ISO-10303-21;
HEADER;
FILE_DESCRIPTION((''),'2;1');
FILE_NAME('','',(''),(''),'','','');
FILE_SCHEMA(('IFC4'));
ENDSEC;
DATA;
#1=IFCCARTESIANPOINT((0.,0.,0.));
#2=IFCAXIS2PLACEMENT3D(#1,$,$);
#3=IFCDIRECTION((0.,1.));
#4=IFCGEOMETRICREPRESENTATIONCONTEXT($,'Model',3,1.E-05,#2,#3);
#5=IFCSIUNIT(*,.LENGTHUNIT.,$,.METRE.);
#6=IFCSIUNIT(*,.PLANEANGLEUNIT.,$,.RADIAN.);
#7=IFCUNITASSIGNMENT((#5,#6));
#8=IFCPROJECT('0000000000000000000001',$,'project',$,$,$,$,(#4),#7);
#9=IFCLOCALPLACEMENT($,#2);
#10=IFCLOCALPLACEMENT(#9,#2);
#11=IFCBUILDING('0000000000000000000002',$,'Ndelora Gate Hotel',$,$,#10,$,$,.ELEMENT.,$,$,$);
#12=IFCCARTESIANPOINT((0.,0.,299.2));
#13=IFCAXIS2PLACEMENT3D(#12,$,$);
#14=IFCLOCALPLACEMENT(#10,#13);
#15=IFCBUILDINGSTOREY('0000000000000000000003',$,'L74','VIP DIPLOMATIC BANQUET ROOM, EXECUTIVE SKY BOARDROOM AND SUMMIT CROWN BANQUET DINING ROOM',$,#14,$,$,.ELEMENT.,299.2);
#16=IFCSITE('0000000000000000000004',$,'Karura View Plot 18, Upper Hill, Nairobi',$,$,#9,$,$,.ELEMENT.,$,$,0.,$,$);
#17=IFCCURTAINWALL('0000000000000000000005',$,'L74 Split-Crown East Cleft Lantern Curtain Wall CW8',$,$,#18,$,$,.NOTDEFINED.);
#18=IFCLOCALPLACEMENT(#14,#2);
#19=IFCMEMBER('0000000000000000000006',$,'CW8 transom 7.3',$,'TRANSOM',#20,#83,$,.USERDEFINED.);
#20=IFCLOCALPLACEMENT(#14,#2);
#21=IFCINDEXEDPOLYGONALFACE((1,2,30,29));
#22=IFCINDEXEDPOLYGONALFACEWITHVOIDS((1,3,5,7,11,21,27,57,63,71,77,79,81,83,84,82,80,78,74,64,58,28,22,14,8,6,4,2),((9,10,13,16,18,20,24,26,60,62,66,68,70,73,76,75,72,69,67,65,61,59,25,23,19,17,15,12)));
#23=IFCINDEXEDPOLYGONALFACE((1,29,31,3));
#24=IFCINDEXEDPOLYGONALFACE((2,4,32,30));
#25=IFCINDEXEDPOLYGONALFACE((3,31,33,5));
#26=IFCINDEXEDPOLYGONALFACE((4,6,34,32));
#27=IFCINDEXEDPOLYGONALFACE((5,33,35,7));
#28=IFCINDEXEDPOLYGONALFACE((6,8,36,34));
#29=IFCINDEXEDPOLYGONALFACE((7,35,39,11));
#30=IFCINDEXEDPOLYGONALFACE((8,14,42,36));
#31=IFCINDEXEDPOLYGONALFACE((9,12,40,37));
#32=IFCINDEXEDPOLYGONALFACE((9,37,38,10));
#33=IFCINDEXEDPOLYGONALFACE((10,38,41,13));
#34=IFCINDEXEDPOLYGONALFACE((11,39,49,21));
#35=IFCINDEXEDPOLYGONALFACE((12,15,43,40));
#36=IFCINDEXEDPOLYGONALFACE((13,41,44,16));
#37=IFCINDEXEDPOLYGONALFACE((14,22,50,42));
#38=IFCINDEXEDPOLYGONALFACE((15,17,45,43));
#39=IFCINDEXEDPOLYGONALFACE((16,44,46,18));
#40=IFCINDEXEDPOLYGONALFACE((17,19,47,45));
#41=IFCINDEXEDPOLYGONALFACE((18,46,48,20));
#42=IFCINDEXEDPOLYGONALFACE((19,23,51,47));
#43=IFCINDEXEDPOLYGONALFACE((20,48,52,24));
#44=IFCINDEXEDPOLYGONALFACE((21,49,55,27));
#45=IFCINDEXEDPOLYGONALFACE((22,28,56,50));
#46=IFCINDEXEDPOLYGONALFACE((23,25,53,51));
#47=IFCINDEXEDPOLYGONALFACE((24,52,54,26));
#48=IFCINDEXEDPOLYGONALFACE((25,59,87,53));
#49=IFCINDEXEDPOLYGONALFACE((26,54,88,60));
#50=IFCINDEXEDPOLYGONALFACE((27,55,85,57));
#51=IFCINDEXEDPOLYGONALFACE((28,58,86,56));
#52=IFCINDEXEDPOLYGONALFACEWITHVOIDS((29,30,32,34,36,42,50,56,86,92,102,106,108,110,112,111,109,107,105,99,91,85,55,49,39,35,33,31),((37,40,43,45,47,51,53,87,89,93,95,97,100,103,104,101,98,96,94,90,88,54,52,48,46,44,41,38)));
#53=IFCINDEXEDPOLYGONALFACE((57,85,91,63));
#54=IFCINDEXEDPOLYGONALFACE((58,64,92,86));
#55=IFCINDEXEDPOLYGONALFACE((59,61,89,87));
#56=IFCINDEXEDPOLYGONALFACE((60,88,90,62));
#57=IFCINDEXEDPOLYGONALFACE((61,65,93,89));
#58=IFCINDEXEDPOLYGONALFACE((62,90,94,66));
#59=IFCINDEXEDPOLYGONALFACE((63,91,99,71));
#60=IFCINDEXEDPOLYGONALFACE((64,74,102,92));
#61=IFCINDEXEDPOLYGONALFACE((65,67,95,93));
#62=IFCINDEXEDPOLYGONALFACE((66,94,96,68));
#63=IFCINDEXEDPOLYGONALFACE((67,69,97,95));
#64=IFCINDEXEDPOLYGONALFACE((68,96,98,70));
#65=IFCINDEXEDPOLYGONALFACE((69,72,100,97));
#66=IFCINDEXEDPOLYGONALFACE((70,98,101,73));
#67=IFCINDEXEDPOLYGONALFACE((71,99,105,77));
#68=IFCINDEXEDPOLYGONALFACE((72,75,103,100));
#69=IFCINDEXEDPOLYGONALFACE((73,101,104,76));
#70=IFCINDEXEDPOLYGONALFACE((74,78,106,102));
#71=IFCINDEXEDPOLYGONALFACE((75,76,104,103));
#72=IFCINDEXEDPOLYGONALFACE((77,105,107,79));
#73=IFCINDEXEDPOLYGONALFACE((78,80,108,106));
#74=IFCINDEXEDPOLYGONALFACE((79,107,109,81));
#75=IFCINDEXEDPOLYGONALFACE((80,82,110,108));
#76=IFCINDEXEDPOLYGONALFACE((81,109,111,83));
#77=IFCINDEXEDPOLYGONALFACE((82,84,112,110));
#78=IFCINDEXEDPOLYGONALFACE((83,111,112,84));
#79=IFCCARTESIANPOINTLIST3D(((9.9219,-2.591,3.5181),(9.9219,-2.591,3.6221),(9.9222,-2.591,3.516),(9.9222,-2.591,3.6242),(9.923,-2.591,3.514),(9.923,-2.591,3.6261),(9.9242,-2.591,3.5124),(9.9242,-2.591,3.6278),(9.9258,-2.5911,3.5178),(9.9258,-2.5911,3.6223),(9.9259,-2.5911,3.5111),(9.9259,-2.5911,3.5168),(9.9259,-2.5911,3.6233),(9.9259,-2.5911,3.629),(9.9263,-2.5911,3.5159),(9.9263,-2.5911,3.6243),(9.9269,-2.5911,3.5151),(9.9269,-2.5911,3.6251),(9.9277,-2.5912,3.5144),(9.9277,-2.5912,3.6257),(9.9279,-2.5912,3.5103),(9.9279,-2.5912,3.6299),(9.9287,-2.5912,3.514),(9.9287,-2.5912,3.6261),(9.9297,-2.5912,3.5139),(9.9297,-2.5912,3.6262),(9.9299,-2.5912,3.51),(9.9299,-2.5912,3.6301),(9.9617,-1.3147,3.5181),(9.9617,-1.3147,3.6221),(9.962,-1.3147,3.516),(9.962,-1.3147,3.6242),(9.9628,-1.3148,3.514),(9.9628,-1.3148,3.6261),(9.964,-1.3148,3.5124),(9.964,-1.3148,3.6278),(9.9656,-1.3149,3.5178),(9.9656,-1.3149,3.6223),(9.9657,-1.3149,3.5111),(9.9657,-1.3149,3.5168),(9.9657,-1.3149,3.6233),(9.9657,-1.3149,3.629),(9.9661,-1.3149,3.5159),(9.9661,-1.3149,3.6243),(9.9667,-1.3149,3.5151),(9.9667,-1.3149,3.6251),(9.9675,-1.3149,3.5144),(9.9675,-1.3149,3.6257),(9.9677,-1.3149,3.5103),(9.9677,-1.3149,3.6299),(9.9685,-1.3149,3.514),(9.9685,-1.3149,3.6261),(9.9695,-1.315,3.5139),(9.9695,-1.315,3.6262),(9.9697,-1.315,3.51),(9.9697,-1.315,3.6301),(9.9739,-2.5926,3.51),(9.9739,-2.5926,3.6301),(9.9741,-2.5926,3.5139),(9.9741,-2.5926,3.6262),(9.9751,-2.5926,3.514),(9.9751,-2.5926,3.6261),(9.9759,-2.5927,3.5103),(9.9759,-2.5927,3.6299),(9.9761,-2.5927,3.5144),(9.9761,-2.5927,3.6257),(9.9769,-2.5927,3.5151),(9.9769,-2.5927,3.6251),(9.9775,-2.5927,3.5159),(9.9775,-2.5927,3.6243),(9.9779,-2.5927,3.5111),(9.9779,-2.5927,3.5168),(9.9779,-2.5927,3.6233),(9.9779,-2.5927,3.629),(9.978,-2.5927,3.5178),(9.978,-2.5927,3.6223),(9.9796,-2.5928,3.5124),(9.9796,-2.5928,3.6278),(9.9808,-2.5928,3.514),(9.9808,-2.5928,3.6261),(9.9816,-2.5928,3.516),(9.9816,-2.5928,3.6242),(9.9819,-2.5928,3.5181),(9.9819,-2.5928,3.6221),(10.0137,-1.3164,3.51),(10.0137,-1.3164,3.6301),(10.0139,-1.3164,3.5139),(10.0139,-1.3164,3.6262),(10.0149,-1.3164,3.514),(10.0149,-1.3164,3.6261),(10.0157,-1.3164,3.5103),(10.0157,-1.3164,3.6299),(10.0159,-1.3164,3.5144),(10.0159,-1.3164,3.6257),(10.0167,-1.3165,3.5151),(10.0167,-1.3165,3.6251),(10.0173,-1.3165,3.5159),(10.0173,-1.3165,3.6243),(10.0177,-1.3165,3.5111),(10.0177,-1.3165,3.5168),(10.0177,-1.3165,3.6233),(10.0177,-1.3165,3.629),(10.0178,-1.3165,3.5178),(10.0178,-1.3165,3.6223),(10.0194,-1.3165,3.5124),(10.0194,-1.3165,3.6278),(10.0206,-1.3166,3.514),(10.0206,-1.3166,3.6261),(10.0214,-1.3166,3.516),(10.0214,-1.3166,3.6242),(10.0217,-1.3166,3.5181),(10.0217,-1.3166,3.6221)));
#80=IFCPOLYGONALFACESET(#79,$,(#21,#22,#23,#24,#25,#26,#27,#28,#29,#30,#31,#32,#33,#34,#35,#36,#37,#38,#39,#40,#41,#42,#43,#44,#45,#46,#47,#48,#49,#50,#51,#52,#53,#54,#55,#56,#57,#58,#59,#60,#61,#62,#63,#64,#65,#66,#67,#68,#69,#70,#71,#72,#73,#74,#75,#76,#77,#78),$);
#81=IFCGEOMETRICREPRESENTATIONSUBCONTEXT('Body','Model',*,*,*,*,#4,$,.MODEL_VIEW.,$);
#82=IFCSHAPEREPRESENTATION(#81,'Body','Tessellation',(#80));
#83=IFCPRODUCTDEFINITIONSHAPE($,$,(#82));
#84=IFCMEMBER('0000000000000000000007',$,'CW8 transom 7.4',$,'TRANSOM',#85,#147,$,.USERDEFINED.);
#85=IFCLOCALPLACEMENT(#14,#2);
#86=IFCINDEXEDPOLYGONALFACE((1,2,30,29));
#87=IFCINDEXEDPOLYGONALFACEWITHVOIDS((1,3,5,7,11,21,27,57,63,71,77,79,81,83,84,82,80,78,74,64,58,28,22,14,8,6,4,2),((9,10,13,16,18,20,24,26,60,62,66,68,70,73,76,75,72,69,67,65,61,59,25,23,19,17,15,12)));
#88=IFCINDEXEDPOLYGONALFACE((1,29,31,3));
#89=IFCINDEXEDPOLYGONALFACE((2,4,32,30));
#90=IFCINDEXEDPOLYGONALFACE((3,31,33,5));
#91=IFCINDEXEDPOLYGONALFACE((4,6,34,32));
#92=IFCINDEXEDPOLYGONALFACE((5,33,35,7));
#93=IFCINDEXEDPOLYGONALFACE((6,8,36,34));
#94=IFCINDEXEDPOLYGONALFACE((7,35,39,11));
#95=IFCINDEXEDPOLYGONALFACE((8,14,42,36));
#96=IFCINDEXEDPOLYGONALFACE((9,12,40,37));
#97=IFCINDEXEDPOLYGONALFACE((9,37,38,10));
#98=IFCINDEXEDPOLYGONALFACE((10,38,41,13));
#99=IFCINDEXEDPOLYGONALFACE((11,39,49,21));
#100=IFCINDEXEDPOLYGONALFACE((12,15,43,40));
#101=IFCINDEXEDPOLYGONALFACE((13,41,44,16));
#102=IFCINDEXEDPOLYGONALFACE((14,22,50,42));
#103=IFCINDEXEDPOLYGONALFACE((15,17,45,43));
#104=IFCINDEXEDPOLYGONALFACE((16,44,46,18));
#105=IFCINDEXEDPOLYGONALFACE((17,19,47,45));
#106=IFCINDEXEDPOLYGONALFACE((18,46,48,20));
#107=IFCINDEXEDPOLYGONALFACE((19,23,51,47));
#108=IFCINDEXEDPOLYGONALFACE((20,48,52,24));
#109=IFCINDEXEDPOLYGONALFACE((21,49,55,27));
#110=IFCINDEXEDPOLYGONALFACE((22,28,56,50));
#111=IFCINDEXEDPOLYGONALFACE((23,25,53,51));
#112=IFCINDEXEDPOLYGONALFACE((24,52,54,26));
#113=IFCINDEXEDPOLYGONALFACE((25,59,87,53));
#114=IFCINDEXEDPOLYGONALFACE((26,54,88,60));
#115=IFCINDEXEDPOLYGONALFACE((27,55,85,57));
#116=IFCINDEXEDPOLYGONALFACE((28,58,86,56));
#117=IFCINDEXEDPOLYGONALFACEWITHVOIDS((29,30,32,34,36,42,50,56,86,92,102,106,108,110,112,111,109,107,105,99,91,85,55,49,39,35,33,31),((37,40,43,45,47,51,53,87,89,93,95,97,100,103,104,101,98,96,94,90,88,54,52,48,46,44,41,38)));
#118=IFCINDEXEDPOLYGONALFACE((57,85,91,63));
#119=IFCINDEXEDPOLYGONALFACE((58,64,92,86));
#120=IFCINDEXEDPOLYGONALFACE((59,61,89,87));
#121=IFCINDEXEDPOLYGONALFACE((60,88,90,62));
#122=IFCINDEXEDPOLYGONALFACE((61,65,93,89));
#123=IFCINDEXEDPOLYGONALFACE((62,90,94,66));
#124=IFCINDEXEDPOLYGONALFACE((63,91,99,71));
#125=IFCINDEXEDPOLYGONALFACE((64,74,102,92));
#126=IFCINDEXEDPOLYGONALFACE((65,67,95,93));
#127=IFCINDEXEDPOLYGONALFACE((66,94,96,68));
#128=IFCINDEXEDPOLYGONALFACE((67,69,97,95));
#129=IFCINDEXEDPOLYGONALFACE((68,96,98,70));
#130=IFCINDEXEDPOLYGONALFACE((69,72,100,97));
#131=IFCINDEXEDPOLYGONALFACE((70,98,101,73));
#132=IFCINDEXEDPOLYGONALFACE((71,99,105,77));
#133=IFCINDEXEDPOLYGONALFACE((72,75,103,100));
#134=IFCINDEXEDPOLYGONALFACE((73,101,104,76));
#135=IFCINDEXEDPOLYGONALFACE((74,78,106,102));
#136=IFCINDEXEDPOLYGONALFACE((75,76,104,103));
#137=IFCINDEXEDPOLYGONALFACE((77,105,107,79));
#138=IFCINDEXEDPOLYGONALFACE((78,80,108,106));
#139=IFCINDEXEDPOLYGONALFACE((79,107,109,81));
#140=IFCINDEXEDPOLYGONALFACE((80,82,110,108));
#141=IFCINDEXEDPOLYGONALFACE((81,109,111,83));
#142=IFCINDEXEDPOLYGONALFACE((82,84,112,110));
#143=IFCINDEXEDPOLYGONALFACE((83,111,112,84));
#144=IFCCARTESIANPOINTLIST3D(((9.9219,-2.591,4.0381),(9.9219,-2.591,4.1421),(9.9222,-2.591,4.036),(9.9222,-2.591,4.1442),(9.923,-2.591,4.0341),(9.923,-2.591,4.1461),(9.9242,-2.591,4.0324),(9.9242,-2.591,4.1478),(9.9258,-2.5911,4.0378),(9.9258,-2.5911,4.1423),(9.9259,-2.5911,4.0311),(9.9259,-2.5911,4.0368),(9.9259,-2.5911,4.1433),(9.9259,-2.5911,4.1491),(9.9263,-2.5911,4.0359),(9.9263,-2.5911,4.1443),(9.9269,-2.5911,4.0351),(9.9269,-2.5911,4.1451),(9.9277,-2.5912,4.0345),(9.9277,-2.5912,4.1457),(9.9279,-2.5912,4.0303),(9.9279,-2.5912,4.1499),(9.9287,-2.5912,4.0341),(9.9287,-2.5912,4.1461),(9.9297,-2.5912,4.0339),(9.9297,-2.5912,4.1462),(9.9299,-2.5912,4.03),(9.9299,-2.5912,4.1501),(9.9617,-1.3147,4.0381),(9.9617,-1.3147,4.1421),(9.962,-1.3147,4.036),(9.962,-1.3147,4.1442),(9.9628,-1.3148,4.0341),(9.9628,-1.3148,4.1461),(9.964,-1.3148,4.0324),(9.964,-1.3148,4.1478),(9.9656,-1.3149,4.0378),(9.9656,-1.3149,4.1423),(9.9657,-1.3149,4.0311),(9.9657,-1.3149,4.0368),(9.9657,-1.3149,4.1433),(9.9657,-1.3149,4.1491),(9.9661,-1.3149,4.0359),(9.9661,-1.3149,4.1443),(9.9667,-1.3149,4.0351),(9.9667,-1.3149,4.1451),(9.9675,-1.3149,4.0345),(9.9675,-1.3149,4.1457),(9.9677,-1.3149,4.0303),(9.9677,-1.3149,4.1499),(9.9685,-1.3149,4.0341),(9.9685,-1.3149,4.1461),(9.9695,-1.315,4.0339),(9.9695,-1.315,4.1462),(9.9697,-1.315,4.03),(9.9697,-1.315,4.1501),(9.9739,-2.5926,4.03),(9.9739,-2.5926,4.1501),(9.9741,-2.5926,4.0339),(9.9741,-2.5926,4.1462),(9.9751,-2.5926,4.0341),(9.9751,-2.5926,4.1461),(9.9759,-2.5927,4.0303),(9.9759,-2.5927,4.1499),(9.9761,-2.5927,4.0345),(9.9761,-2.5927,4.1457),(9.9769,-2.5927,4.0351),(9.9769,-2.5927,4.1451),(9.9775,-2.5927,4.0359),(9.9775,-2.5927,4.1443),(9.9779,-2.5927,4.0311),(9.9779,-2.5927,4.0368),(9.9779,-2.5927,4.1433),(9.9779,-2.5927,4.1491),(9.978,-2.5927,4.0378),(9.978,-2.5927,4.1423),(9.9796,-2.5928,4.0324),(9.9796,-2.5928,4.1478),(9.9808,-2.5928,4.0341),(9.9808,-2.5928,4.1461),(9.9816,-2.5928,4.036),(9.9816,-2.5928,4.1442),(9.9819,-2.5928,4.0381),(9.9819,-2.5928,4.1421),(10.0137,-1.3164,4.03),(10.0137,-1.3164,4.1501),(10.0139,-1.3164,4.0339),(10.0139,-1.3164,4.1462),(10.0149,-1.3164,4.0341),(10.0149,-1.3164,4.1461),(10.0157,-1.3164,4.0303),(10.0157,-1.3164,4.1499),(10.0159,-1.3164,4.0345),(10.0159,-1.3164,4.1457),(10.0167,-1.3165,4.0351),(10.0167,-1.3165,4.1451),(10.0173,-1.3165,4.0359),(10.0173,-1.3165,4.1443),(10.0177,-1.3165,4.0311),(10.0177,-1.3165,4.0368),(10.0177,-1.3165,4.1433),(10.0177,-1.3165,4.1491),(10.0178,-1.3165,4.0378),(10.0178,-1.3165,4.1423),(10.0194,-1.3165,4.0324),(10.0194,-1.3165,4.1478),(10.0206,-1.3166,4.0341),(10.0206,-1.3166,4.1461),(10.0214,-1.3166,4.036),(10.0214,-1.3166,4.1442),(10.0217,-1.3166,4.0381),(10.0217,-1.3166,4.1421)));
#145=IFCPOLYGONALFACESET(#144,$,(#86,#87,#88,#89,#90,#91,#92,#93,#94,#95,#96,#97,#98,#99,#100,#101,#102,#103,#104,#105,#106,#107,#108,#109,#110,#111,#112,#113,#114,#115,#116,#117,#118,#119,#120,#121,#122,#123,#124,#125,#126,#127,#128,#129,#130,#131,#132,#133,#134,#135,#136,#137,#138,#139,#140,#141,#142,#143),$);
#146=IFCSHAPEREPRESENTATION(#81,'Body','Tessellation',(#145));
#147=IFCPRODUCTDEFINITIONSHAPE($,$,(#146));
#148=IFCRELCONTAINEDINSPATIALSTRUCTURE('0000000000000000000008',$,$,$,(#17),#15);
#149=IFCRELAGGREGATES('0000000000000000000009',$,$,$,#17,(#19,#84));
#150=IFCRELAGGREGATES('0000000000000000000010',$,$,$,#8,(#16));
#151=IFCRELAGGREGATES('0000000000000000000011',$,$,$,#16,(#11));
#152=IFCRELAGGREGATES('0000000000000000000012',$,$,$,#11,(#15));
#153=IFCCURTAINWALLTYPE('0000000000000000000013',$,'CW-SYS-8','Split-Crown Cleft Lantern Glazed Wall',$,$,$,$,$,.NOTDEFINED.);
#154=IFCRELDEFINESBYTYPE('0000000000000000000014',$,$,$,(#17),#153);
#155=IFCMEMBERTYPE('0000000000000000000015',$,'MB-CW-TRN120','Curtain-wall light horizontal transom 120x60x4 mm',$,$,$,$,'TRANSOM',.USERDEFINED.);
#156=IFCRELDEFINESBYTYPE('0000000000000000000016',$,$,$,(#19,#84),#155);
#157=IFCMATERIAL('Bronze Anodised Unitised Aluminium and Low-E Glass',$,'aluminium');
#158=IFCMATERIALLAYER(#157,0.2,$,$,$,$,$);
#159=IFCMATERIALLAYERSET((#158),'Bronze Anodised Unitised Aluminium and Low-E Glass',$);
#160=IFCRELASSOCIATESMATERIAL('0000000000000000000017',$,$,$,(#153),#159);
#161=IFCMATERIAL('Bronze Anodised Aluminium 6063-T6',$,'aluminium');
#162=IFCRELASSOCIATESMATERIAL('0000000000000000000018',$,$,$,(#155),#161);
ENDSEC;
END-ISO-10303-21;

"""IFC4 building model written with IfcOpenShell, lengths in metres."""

from ifc_helpers import new_model, si_unit, direction, frame, origin, origin_2d, place, context, subcontext, project, spatial, hollow_rectangle, extrude, material, layer, layer_set, material_profile, profile_set, type_object, element, aggregate, save


model = new_model("IFC4")

# Units and contexts
model_context = context("Model", 3, precision=1e-05, world=origin(), true_north=direction((0.0, 1.0)))
body_context = subcontext(model_context, "Body", "Model", "MODEL_VIEW")
ifc_project = project(units=[si_unit("LENGTHUNIT", "METRE"), si_unit("PLANEANGLEUNIT", "RADIAN")], contexts=[model_context])

# Site, building, storey
site_placement = place(None, origin())
site = spatial("IfcSite", under=ifc_project, at=site_placement, Name="Karura View Plot 18, Upper Hill, Nairobi", CompositionType="ELEMENT", RefElevation=0.0)
building_placement = place(site_placement, origin())
building = spatial("IfcBuilding", under=site, at=building_placement, Name="Ndelora Gate Hotel", CompositionType="ELEMENT")
storey_placement = place(building_placement, frame((0.0, 0.0, 299.2)))
storey = spatial("IfcBuildingStorey", under=building, at=storey_placement, Name="L74", Description="VIP DIPLOMATIC BANQUET ROOM, EXECUTIVE SKY BOARDROOM AND SUMMIT CROWN BANQUET DINING ROOM", CompositionType="ELEMENT", Elevation=299.2)

# Shared definitions
ifc_material_1 = material(Name="Bronze Anodised Unitised Aluminium and Low-E Glass", Category="aluminium")
ifc_layer_1 = layer(ifc_material_1, 0.2)
ifc_layer_set_1 = layer_set([ifc_layer_1], Name="Bronze Anodised Unitised Aluminium and Low-E Glass")
curtain_wall_type = type_object("IfcCurtainWallType", Name="CW-SYS-8", Description="Split-Crown Cleft Lantern Glazed Wall", PredefinedType="NOTDEFINED", material=ifc_layer_set_1)
ifc_material_2 = material(Name="Bronze Anodised Aluminium 6063-T6", Category="aluminium")

# Curtain wall, members
curtain_wall_1_placement = place(storey_placement, origin())
curtain_wall_1 = element("IfcCurtainWall", 1, at=curtain_wall_1_placement, inside=storey, type_object=curtain_wall_type, Name="L74 Split-Crown East Cleft Lantern Curtain Wall CW8", PredefinedType="NOTDEFINED")
ifc_material_profile_1 = material_profile(ifc_material_2, hollow_rectangle(XDim=0.0601, YDim=0.1201, WallThickness=0.0039, InnerFilletRadius=0.0039, OuterFilletRadius=0.0081, at=origin_2d()), Name="ALU 120x60x4")
ifc_profile_set_1 = profile_set([ifc_material_profile_1], Name="Bronze Anodised Aluminium 6063-T6")
member_type_1 = type_object("IfcMemberType", Name="MB-CW-TRN120", Description="Curtain-wall light horizontal transom 120x60x4 mm", ElementType="TRANSOM", PredefinedType="USERDEFINED", material=ifc_profile_set_1)
member_1_placement = place(storey_placement, frame((9.9917, -1.3157, 3.5701), z_axis=(-0.031169, -0.999514, 0.0), x_axis=(0.999514, -0.031169, 0.0)))
member_1 = element("IfcMember", 2, at=member_1_placement, type_object=member_type_1, Name="CW8 transom 7.3", ObjectType="TRANSOM", PredefinedType="USERDEFINED", context=body_context, shape_type="SweptSolid", body=[
    extrude(hollow_rectangle(XDim=0.0601, YDim=0.1201, WallThickness=0.0039, InnerFilletRadius=0.0039, OuterFilletRadius=0.0081, at=origin_2d()), origin(), (0.0, 0.0, 1.0), 1.2769),
])
member_2_placement = place(storey_placement, frame((9.9917, -1.3157, 4.0901), z_axis=(-0.031169, -0.999514, 0.0), x_axis=(0.999514, -0.031169, 0.0)))
member_2 = element("IfcMember", 3, at=member_2_placement, type_object=member_type_1, Name="CW8 transom 7.4", ObjectType="TRANSOM", PredefinedType="USERDEFINED", context=body_context, shape_type="SweptSolid", body=[
    extrude(hollow_rectangle(XDim=0.0601, YDim=0.1201, WallThickness=0.0039, InnerFilletRadius=0.0039, OuterFilletRadius=0.0081, at=origin_2d()), origin(), (0.0, 0.0, 1.0), 1.2769),
])

aggregate(curtain_wall_1, [member_1, member_2])

save(model, "model.ifc")
